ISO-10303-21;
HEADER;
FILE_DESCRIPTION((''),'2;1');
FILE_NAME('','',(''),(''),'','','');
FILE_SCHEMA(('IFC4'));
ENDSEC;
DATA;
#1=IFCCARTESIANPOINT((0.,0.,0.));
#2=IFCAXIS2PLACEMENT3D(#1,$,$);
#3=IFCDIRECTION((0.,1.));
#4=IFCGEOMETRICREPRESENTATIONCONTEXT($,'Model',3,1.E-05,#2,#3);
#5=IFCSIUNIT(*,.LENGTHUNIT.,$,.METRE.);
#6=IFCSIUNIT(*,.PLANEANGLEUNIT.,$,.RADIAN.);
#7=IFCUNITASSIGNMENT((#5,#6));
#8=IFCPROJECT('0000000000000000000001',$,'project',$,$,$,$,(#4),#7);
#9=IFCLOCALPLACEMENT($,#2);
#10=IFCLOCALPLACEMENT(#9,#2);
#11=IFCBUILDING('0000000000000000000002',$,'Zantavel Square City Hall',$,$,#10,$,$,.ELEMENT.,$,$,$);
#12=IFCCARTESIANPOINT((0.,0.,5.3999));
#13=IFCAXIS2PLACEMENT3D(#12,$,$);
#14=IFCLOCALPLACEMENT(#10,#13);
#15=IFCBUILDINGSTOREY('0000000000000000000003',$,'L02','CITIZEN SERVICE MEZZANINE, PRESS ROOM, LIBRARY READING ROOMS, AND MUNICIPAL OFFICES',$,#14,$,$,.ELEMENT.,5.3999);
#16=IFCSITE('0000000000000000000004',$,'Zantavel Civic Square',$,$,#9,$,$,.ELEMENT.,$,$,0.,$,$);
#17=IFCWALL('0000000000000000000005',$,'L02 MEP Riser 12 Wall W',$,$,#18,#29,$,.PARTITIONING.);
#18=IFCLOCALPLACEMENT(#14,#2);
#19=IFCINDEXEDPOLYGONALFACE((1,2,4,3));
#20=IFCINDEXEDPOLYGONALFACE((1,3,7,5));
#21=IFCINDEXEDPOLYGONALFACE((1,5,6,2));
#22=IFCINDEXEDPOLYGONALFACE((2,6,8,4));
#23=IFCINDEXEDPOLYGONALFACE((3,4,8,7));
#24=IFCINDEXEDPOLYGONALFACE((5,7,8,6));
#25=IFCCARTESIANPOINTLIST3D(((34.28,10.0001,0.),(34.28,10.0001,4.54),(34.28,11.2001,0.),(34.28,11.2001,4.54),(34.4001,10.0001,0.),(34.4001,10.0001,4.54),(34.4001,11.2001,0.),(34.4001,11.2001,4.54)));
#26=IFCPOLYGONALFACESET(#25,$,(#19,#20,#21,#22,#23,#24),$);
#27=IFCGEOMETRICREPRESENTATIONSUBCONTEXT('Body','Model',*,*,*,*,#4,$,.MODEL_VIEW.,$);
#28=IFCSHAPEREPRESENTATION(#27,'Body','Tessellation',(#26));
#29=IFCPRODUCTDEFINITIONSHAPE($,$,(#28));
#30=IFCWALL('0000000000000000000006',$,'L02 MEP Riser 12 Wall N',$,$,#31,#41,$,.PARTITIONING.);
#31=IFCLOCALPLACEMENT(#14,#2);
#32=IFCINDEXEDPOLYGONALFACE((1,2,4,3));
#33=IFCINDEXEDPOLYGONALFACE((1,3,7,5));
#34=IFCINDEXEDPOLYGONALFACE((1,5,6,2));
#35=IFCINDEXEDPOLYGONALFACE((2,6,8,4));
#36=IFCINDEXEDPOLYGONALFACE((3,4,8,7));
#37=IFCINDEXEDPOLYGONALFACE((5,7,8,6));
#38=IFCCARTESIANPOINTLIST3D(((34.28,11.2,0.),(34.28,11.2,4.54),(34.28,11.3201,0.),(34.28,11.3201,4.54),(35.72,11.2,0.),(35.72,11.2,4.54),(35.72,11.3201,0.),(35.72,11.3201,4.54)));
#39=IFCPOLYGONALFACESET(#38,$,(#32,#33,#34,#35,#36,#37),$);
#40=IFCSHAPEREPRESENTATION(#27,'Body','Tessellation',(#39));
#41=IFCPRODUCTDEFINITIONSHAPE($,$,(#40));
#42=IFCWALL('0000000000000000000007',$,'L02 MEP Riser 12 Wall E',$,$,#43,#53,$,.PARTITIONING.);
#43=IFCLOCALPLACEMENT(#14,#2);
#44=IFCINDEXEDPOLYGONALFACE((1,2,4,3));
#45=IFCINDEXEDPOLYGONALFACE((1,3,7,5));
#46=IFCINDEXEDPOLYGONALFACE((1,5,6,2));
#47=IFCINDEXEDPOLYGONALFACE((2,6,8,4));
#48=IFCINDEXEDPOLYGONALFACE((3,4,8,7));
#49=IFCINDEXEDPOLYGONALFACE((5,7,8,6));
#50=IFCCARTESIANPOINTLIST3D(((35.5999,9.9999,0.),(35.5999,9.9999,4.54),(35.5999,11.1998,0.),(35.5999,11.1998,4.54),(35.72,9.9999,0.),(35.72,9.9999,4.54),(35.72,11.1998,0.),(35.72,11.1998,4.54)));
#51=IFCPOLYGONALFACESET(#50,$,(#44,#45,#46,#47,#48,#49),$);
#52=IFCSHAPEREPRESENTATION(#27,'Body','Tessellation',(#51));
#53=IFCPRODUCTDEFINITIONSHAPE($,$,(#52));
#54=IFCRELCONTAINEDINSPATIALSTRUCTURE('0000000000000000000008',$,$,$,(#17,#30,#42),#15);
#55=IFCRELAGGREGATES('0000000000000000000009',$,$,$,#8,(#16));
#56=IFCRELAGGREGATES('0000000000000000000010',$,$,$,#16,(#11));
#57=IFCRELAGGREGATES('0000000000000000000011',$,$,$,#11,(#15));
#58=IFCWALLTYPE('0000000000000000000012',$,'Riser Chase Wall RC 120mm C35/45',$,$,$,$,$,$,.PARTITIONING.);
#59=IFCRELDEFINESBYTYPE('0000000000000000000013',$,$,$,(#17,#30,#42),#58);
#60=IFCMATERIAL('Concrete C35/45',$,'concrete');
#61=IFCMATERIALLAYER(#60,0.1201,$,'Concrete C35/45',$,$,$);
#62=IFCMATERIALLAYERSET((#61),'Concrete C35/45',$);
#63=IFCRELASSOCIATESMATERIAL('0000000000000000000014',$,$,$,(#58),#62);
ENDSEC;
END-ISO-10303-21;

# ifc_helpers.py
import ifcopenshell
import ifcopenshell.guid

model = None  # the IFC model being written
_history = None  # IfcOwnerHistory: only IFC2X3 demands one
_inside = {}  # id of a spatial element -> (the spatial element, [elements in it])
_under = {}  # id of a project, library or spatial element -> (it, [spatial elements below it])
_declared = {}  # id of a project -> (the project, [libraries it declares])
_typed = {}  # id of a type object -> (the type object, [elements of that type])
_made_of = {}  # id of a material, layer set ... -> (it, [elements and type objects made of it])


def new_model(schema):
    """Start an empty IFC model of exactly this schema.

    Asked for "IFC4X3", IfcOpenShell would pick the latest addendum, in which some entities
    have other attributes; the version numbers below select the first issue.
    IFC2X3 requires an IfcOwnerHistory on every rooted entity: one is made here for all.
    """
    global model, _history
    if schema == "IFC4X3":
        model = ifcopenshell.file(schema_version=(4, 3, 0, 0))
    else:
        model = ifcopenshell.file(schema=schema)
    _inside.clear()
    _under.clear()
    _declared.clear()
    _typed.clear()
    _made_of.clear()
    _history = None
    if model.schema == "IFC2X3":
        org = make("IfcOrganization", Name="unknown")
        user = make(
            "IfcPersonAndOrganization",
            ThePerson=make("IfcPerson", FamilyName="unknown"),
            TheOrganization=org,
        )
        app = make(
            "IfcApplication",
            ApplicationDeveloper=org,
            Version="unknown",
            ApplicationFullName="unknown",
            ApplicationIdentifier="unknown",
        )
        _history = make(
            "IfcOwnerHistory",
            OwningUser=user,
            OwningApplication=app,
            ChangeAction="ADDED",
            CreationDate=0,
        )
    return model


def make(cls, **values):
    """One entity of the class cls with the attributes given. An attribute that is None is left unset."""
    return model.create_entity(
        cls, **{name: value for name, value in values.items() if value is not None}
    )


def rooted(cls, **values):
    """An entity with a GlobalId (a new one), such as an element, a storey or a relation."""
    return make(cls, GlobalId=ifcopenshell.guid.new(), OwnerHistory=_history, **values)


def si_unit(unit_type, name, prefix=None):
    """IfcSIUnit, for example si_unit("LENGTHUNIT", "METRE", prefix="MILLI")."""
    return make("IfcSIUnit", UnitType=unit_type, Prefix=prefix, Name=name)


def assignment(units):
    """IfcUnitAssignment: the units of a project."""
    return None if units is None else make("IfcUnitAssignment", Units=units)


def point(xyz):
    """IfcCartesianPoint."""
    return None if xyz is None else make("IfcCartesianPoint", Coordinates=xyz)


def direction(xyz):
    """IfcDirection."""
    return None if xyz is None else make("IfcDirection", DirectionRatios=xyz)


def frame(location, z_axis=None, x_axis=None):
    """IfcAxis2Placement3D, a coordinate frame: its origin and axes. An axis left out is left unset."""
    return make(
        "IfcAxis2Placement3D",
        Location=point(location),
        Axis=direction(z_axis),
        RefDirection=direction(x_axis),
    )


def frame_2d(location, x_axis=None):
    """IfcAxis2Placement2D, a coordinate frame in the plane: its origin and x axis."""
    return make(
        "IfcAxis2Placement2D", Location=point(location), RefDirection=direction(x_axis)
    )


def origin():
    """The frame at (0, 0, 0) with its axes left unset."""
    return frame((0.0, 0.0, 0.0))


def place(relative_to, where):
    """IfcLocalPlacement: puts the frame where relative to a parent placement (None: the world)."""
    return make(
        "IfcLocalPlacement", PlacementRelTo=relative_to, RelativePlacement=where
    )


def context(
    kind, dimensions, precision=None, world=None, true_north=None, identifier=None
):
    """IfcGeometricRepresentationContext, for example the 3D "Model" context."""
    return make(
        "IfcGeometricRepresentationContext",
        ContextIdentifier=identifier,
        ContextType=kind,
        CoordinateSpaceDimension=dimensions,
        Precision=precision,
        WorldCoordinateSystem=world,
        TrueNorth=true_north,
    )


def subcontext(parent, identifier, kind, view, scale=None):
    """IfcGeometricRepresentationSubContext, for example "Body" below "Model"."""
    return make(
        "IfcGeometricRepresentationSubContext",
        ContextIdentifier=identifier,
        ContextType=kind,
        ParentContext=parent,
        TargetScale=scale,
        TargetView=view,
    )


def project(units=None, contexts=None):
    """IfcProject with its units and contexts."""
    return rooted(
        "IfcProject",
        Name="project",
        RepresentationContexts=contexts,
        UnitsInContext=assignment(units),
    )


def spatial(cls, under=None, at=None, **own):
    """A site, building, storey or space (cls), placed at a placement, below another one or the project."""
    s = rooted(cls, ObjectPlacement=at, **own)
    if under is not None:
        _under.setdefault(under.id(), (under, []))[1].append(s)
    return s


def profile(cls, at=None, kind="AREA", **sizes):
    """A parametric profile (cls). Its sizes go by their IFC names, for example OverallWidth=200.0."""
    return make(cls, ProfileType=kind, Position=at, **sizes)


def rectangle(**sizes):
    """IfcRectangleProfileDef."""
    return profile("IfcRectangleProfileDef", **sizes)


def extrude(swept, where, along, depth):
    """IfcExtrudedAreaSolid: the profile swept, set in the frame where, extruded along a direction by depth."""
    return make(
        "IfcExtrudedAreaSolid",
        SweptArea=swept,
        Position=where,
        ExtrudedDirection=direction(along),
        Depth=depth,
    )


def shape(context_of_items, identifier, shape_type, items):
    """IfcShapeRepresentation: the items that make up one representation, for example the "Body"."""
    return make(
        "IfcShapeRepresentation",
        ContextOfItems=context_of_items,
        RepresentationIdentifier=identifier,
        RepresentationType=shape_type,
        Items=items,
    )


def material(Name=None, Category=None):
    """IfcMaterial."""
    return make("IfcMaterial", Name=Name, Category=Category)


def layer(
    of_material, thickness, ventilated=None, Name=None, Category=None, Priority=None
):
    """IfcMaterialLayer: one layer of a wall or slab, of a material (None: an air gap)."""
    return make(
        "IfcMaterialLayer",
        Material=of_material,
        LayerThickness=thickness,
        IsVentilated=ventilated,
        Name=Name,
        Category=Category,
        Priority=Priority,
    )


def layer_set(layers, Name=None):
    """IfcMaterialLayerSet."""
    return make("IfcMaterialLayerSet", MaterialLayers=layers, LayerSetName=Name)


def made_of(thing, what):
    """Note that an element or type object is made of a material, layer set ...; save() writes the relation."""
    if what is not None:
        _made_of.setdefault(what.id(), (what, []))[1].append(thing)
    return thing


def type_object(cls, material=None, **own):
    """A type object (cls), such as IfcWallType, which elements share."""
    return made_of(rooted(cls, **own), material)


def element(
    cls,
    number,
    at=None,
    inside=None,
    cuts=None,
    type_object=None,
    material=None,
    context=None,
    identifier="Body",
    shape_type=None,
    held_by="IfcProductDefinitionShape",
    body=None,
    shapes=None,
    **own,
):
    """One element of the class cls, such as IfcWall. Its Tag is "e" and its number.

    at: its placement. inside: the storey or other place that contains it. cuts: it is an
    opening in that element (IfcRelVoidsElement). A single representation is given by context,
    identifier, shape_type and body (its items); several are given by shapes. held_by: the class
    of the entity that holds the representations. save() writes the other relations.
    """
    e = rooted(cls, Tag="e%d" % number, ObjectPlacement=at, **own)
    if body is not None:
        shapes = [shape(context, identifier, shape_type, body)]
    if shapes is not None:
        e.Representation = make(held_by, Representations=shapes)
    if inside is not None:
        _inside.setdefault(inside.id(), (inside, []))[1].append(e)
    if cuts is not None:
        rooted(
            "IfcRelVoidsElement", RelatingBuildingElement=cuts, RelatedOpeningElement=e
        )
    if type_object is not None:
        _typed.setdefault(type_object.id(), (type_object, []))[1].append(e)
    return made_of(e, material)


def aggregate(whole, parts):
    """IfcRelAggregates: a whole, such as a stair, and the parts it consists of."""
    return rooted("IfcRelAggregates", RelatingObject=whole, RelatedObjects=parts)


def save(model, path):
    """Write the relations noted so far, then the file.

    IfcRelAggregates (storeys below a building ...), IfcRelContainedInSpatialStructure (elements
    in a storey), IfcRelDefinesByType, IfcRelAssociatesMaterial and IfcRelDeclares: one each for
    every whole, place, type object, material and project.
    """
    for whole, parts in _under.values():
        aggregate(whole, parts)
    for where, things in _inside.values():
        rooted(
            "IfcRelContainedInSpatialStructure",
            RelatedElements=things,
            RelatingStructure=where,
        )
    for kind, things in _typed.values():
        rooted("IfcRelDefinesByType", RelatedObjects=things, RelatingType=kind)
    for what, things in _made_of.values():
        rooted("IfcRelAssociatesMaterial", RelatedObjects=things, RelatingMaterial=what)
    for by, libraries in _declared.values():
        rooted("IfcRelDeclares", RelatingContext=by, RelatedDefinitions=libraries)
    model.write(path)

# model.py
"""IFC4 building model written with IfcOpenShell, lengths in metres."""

from ifc_helpers import new_model, si_unit, direction, frame, frame_2d, origin, place, context, subcontext, project, spatial, rectangle, extrude, material, layer, layer_set, type_object, element, save


model = new_model("IFC4")

# Units and contexts
model_context = context("Model", 3, precision=1e-05, world=origin(), true_north=direction((0.0, 1.0)))
body_context = subcontext(model_context, "Body", "Model", "MODEL_VIEW")
ifc_project = project(units=[si_unit("LENGTHUNIT", "METRE"), si_unit("PLANEANGLEUNIT", "RADIAN")], contexts=[model_context])

# Site, building, storey
site_placement = place(None, origin())
site = spatial("IfcSite", under=ifc_project, at=site_placement, Name="Zantavel Civic Square", CompositionType="ELEMENT", RefElevation=0.0)
building_placement = place(site_placement, origin())
building = spatial("IfcBuilding", under=site, at=building_placement, Name="Zantavel Square City Hall", CompositionType="ELEMENT")
storey_placement = place(building_placement, frame((0.0, 0.0, 5.3999)))
storey = spatial("IfcBuildingStorey", under=building, at=storey_placement, Name="L02", Description="CITIZEN SERVICE MEZZANINE, PRESS ROOM, LIBRARY READING ROOMS, AND MUNICIPAL OFFICES", CompositionType="ELEMENT", Elevation=5.3999)

# Shared definitions
ifc_material_1 = material(Name="Concrete C35/45", Category="concrete")

# Walls
ifc_layer_1 = layer(ifc_material_1, 0.1201, Name="Concrete C35/45")
ifc_layer_set_1 = layer_set([ifc_layer_1], Name="Concrete C35/45")
wall_type_1 = type_object("IfcWallType", Name="Riser Chase Wall RC 120mm C35/45", PredefinedType="PARTITIONING", material=ifc_layer_set_1)
wall_1_placement = place(storey_placement, frame((34.3401, 10.0, 0.0), z_axis=(0.0, 0.0, 1.0), x_axis=(0.0, 1.0, 0.0)))
element("IfcWall", 1, at=wall_1_placement, inside=storey, type_object=wall_type_1, Name="L02 MEP Riser 12 Wall W", PredefinedType="PARTITIONING", context=body_context, shape_type="SweptSolid", body=[
    extrude(rectangle(XDim=1.2, YDim=0.1201, at=frame_2d((0.6001, 0.0))), origin(), (0.0, 0.0, 1.0), 4.54),
])
wall_2_placement = place(storey_placement, frame((34.28, 11.26, 0.0), z_axis=(0.0, 0.0, 1.0), x_axis=(1.0, 0.0, 0.0)))
element("IfcWall", 2, at=wall_2_placement, inside=storey, type_object=wall_type_1, Name="L02 MEP Riser 12 Wall N", PredefinedType="PARTITIONING", context=body_context, shape_type="SweptSolid", body=[
    extrude(rectangle(XDim=1.4399, YDim=0.1201, at=frame_2d((0.72, 0.0))), origin(), (0.0, 0.0, 1.0), 4.54),
])
wall_3_placement = place(storey_placement, frame((35.6599, 11.2, 0.0), z_axis=(0.0, 0.0, 1.0), x_axis=(0.0, -1.0, 0.0)))
element("IfcWall", 3, at=wall_3_placement, inside=storey, type_object=wall_type_1, Name="L02 MEP Riser 12 Wall E", PredefinedType="PARTITIONING", context=body_context, shape_type="SweptSolid", body=[
    extrude(rectangle(XDim=1.2, YDim=0.1201, at=frame_2d((0.6001, 0.0))), origin(), (0.0, 0.0, 1.0), 4.54),
])

save(model, "model.ifc")
